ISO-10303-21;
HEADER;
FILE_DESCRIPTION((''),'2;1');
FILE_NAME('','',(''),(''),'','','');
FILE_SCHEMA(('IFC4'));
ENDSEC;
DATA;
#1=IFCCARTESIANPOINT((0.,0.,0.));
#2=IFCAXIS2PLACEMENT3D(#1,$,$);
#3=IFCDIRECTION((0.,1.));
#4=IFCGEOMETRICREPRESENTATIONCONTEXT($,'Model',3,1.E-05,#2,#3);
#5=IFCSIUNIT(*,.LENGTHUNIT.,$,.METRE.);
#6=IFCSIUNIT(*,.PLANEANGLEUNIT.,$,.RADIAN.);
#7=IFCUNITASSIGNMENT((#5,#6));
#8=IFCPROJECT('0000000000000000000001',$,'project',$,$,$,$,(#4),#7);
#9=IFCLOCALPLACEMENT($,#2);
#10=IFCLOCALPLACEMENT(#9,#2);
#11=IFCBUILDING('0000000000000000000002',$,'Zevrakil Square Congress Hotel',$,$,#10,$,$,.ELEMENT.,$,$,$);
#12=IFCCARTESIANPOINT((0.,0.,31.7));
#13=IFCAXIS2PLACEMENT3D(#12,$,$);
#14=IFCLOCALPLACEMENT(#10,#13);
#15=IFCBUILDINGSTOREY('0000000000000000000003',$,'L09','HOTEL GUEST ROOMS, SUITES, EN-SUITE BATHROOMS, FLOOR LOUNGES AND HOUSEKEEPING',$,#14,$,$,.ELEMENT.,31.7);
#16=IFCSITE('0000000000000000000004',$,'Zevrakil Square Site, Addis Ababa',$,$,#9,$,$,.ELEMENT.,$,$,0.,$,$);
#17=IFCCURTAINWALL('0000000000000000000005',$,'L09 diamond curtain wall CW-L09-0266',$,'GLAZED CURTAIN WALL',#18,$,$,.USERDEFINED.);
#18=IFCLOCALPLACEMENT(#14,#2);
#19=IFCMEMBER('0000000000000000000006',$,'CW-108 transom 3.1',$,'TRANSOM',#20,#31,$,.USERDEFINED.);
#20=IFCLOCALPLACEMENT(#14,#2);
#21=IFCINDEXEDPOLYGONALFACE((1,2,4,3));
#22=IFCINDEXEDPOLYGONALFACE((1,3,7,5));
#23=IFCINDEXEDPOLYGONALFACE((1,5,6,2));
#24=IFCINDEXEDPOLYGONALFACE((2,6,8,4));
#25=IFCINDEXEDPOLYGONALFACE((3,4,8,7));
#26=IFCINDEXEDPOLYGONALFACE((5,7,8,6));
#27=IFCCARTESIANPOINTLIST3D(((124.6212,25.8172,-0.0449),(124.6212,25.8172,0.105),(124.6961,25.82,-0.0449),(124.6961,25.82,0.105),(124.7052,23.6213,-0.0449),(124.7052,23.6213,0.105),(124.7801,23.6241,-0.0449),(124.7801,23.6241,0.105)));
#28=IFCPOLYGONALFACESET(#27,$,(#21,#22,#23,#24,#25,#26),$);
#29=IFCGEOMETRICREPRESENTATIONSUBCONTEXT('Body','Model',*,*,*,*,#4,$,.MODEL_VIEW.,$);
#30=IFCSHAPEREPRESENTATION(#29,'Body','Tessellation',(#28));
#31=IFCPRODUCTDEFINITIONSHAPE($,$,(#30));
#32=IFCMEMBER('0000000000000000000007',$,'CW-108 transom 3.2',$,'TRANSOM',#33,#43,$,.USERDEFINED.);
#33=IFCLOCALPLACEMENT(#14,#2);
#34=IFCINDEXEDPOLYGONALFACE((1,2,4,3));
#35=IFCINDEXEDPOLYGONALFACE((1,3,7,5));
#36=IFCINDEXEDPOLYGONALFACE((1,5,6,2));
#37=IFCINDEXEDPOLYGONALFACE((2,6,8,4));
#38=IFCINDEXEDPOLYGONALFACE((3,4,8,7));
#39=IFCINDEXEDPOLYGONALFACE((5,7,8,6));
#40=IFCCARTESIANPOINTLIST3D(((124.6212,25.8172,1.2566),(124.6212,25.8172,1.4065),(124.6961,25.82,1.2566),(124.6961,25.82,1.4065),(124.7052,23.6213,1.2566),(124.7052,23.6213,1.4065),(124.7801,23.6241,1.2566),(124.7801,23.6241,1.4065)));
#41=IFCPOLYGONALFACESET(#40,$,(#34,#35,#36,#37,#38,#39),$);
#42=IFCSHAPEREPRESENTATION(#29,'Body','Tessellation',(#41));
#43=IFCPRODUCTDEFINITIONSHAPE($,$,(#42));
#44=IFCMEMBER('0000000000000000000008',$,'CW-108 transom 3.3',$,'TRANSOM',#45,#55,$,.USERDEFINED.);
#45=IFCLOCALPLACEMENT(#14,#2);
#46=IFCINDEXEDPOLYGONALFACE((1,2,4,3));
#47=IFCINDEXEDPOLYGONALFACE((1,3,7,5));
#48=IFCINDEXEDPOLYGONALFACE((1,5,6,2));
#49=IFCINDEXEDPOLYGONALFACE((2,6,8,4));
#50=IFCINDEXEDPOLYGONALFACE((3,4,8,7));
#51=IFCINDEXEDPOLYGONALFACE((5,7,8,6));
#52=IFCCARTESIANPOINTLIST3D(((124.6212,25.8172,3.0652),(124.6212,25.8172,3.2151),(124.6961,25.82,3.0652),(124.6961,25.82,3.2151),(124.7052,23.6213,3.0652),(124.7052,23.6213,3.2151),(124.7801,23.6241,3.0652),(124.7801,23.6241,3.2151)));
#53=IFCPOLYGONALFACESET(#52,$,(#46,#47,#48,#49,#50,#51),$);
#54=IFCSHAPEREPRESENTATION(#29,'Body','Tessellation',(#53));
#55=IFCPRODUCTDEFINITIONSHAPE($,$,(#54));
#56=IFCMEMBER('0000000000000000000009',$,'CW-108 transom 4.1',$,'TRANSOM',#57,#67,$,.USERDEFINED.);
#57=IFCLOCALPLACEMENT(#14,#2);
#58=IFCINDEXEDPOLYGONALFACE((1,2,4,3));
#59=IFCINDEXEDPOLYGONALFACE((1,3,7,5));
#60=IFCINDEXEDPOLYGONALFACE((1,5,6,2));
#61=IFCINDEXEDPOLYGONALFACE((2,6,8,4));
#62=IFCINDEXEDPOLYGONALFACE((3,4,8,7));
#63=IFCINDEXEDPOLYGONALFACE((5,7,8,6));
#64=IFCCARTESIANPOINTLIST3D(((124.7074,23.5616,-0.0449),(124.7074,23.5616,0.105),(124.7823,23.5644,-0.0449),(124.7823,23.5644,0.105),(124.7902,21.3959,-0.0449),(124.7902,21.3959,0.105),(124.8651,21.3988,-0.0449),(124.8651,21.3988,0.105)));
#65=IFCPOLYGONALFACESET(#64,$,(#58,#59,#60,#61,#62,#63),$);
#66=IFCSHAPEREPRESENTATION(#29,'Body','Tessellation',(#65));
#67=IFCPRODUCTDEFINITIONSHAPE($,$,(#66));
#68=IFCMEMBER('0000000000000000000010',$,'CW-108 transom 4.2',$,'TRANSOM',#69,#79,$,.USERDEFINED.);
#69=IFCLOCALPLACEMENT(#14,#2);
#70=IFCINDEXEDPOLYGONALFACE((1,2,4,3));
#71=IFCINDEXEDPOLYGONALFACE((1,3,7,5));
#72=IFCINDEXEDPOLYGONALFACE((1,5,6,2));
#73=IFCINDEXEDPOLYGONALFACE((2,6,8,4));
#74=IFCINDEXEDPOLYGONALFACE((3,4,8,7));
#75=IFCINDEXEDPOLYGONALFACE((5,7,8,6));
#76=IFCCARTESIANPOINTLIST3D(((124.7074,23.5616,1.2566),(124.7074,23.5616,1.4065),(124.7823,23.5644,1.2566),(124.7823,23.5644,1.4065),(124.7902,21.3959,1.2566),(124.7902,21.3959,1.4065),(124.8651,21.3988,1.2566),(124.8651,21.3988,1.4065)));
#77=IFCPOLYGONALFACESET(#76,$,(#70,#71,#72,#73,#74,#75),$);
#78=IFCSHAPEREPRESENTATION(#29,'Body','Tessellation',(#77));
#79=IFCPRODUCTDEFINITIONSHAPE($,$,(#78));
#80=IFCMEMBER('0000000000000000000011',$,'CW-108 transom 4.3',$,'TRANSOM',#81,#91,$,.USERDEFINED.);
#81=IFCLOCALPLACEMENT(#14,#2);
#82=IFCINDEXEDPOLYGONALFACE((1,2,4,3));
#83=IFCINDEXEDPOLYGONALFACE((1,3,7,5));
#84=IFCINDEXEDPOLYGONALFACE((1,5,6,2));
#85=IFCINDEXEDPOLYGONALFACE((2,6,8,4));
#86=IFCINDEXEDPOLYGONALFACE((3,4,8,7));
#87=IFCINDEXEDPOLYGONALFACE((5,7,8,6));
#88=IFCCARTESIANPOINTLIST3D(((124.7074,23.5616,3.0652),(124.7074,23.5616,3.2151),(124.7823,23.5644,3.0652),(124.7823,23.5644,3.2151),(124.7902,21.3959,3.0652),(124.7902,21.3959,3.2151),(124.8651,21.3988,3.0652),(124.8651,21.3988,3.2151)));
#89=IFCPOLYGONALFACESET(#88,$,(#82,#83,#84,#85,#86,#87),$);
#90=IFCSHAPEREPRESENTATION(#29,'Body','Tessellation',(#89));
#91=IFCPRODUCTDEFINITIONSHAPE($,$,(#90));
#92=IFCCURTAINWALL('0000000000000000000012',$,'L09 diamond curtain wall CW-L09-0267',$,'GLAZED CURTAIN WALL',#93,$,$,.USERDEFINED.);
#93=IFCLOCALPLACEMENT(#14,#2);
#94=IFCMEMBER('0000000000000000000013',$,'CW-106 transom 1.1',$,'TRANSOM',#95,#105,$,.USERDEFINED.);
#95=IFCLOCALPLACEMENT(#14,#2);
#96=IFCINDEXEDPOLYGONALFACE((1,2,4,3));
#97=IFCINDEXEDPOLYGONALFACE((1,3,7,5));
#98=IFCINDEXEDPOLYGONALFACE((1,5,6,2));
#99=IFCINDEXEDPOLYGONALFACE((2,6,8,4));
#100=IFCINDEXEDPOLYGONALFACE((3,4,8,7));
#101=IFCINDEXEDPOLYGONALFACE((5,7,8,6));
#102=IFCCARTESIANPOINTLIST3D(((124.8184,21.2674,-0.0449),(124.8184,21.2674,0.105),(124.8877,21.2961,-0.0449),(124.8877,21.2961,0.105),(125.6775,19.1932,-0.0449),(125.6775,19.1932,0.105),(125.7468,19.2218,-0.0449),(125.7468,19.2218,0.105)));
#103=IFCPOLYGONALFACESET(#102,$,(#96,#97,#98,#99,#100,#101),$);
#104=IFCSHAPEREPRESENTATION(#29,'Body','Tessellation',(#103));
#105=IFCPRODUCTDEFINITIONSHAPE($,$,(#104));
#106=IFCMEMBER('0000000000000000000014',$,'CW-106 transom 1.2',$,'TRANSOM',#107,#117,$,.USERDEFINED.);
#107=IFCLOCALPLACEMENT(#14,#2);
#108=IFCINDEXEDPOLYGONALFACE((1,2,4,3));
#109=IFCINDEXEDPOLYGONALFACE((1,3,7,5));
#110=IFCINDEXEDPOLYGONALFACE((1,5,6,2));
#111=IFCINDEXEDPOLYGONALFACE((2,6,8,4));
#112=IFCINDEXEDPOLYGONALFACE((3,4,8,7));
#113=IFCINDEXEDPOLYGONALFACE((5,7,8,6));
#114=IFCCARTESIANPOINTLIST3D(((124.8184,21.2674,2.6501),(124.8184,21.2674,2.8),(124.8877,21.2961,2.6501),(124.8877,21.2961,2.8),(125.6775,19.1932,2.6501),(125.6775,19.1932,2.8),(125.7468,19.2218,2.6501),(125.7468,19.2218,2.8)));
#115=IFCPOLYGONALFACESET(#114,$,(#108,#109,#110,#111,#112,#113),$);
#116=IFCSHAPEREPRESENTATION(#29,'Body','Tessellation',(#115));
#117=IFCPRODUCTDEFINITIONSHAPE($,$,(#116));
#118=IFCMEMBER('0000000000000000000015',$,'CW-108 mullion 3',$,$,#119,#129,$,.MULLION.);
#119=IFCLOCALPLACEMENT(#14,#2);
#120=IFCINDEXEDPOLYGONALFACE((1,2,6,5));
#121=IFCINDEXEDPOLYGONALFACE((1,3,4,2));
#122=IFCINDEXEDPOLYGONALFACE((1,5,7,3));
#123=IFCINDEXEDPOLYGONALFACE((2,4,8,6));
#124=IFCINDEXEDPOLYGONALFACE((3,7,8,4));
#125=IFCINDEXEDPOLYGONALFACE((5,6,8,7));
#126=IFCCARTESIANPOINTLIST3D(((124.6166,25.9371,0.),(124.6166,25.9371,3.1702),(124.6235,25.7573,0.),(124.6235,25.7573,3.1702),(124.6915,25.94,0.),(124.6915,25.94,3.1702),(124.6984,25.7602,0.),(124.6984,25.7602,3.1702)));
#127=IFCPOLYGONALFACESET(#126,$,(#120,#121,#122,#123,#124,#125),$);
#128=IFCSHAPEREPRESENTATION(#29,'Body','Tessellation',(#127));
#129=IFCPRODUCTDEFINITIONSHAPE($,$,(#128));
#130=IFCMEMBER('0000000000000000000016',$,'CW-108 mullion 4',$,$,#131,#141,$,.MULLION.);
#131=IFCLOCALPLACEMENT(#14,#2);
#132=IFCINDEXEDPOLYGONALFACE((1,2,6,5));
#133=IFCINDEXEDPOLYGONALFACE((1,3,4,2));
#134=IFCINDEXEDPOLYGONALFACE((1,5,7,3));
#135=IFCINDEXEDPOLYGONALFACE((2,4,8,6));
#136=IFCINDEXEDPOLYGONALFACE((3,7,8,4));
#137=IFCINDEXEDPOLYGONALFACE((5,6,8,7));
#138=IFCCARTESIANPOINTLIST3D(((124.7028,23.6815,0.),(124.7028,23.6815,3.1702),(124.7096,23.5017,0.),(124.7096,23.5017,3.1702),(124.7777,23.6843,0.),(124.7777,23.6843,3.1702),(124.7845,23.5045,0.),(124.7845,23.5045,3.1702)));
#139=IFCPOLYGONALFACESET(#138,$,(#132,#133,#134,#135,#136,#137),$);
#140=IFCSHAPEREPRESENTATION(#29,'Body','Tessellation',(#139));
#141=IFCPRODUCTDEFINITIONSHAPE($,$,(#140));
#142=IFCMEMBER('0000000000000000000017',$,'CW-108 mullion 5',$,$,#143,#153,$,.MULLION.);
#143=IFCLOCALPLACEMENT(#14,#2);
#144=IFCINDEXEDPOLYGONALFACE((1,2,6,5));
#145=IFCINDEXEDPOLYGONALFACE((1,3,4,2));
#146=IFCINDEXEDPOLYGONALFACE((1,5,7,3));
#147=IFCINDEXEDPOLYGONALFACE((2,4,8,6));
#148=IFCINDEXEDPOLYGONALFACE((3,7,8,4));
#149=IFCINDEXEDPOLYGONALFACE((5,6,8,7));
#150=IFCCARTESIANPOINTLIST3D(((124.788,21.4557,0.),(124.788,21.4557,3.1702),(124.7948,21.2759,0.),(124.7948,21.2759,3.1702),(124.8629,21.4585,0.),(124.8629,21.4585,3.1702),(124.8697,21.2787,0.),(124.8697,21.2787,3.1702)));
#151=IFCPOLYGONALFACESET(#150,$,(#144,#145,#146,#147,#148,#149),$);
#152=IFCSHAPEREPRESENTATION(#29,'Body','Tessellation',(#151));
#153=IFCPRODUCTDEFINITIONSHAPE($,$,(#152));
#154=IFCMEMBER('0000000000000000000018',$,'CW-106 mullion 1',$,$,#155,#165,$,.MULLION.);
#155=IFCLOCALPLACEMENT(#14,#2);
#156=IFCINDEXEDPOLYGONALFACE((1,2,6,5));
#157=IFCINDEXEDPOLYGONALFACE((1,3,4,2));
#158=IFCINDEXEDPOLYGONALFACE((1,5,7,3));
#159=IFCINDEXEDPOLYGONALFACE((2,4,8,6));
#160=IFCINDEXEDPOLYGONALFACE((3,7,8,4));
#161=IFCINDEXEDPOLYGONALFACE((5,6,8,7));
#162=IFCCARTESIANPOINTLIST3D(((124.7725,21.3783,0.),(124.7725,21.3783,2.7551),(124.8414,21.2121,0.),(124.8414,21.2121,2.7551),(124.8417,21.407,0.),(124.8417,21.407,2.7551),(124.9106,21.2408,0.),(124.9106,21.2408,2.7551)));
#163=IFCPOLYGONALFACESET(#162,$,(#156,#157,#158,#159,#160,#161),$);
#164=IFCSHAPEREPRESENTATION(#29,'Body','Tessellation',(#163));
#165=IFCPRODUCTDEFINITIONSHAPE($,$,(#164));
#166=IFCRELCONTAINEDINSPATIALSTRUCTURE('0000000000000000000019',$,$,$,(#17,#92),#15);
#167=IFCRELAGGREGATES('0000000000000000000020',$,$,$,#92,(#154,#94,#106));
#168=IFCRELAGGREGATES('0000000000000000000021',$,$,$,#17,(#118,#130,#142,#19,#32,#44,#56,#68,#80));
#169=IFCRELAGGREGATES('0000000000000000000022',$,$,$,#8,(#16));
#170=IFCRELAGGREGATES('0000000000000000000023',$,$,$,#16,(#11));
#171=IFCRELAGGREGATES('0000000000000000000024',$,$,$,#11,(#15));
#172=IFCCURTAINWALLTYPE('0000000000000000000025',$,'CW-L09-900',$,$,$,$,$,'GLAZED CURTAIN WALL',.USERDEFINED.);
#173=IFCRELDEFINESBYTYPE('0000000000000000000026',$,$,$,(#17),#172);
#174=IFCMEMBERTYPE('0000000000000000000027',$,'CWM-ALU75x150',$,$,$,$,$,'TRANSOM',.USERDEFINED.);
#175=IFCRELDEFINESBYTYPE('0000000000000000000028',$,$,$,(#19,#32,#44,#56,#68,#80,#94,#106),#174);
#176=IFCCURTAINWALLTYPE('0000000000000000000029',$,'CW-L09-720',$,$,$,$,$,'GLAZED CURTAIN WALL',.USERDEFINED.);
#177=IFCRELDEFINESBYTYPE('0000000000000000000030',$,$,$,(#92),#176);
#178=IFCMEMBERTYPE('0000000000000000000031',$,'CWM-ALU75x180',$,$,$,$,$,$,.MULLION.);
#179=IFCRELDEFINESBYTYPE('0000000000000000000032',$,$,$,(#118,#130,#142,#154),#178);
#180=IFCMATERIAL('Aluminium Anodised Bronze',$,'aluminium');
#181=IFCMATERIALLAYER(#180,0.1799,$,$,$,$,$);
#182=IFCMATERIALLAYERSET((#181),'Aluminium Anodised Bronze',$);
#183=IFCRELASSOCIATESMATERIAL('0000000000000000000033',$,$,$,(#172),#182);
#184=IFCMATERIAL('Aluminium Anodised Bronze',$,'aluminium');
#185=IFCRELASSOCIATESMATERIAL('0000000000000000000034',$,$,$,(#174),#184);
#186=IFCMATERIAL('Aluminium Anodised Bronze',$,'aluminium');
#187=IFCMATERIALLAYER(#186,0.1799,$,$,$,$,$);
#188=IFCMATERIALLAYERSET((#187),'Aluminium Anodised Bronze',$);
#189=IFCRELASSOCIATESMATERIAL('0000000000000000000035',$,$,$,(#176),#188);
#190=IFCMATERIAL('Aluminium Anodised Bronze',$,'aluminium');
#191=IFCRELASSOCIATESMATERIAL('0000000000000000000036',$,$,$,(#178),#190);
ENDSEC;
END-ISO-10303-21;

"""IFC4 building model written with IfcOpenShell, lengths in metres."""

from ifc_helpers import new_model, si_unit, direction, frame, origin, origin_2d, place, context, subcontext, project, spatial, rectangle, extrude, material, layer, layer_set, material_profile, profile_set, type_object, element, aggregate, save


model = new_model("IFC4")

# Units and contexts
model_context = context("Model", 3, precision=1e-05, world=origin(), true_north=direction((0.0, 1.0)))
body_context = subcontext(model_context, "Body", "Model", "MODEL_VIEW")
ifc_project = project(units=[si_unit("LENGTHUNIT", "METRE"), si_unit("PLANEANGLEUNIT", "RADIAN")], contexts=[model_context])

# Site, building, storey
site_placement = place(None, origin())
site = spatial("IfcSite", under=ifc_project, at=site_placement, Name="Zevrakil Square Site, Addis Ababa", CompositionType="ELEMENT", RefElevation=0.0)
building_placement = place(site_placement, origin())
building = spatial("IfcBuilding", under=site, at=building_placement, Name="Zevrakil Square Congress Hotel", CompositionType="ELEMENT")
storey_placement = place(building_placement, frame((0.0, 0.0, 31.7)))
storey = spatial("IfcBuildingStorey", under=building, at=storey_placement, Name="L09", Description="HOTEL GUEST ROOMS, SUITES, EN-SUITE BATHROOMS, FLOOR LOUNGES AND HOUSEKEEPING", CompositionType="ELEMENT", Elevation=31.7)

# Curtain walls, members
ifc_material_1 = material(Name="Aluminium Anodised Bronze", Category="aluminium")
ifc_layer_1 = layer(ifc_material_1, 0.1799)
ifc_layer_set_1 = layer_set([ifc_layer_1], Name="Aluminium Anodised Bronze")
curtain_wall_type_1 = type_object("IfcCurtainWallType", Name="CW-L09-900", ElementType="GLAZED CURTAIN WALL", PredefinedType="USERDEFINED", material=ifc_layer_set_1)
curtain_wall_1_placement = place(storey_placement, origin())
curtain_wall_1 = element("IfcCurtainWall", 1, at=curtain_wall_1_placement, inside=storey, type_object=curtain_wall_type_1, Name="L09 diamond curtain wall CW-L09-0266", ObjectType="GLAZED CURTAIN WALL", PredefinedType="USERDEFINED")
ifc_material_2 = material(Name="Aluminium Anodised Bronze", Category="aluminium")
ifc_material_profile_1 = material_profile(ifc_material_2, rectangle(XDim=0.075, YDim=0.1499, at=origin_2d()), Name="ALU 75x150")
ifc_profile_set_1 = profile_set([ifc_material_profile_1], Name="Aluminium Anodised Bronze")
member_type_1 = type_object("IfcMemberType", Name="CWM-ALU75x150", ElementType="TRANSOM", PredefinedType="USERDEFINED", material=ifc_profile_set_1)
member_1_placement = place(storey_placement, frame((124.6587, 25.8186, 0.03), z_axis=(0.03822, -0.999269, 0.0), x_axis=(0.999269, 0.03822, 0.0)))
member_1 = element("IfcMember", 2, at=member_1_placement, type_object=member_type_1, Name="CW-108 transom 3.1", ObjectType="TRANSOM", PredefinedType="USERDEFINED", context=body_context, shape_type="SweptSolid", body=[
    extrude(rectangle(XDim=0.075, YDim=0.1499, at=origin_2d()), origin(), (0.0, 0.0, 1.0), 2.1975),
])
member_2_placement = place(storey_placement, frame((124.6587, 25.8186, 1.3315), z_axis=(0.03822, -0.999269, 0.0), x_axis=(0.999269, 0.03822, 0.0)))
member_2 = element("IfcMember", 3, at=member_2_placement, type_object=member_type_1, Name="CW-108 transom 3.2", ObjectType="TRANSOM", PredefinedType="USERDEFINED", context=body_context, shape_type="SweptSolid", body=[
    extrude(rectangle(XDim=0.075, YDim=0.1499, at=origin_2d()), origin(), (0.0, 0.0, 1.0), 2.1975),
])
member_3_placement = place(storey_placement, frame((124.6587, 25.8186, 3.1401), z_axis=(0.03822, -0.999269, 0.0), x_axis=(0.999269, 0.03822, 0.0)))
member_3 = element("IfcMember", 4, at=member_3_placement, type_object=member_type_1, Name="CW-108 transom 3.3", ObjectType="TRANSOM", PredefinedType="USERDEFINED", context=body_context, shape_type="SweptSolid", body=[
    extrude(rectangle(XDim=0.075, YDim=0.1499, at=origin_2d()), origin(), (0.0, 0.0, 1.0), 2.1975),
])
member_4_placement = place(storey_placement, frame((124.7449, 23.563, 0.03), z_axis=(0.038187, -0.999271, 0.0), x_axis=(0.999271, 0.038187, 0.0)))
member_4 = element("IfcMember", 5, at=member_4_placement, type_object=member_type_1, Name="CW-108 transom 4.1", ObjectType="TRANSOM", PredefinedType="USERDEFINED", context=body_context, shape_type="SweptSolid", body=[
    extrude(rectangle(XDim=0.075, YDim=0.1499, at=origin_2d()), origin(), (0.0, 0.0, 1.0), 2.1672),
])
member_5_placement = place(storey_placement, frame((124.7449, 23.563, 1.3315), z_axis=(0.038187, -0.999271, 0.0), x_axis=(0.999271, 0.038187, 0.0)))
member_5 = element("IfcMember", 6, at=member_5_placement, type_object=member_type_1, Name="CW-108 transom 4.2", ObjectType="TRANSOM", PredefinedType="USERDEFINED", context=body_context, shape_type="SweptSolid", body=[
    extrude(rectangle(XDim=0.075, YDim=0.1499, at=origin_2d()), origin(), (0.0, 0.0, 1.0), 2.1672),
])
member_6_placement = place(storey_placement, frame((124.7449, 23.563, 3.1401), z_axis=(0.038187, -0.999271, 0.0), x_axis=(0.999271, 0.038187, 0.0)))
member_6 = element("IfcMember", 7, at=member_6_placement, type_object=member_type_1, Name="CW-108 transom 4.3", ObjectType="TRANSOM", PredefinedType="USERDEFINED", context=body_context, shape_type="SweptSolid", body=[
    extrude(rectangle(XDim=0.075, YDim=0.1499, at=origin_2d()), origin(), (0.0, 0.0, 1.0), 2.1672),
])
ifc_material_3 = material(Name="Aluminium Anodised Bronze", Category="aluminium")
ifc_layer_2 = layer(ifc_material_3, 0.1799)
ifc_layer_set_2 = layer_set([ifc_layer_2], Name="Aluminium Anodised Bronze")
curtain_wall_type_2 = type_object("IfcCurtainWallType", Name="CW-L09-720", ElementType="GLAZED CURTAIN WALL", PredefinedType="USERDEFINED", material=ifc_layer_set_2)
curtain_wall_2_placement = place(storey_placement, origin())
curtain_wall_2 = element("IfcCurtainWall", 8, at=curtain_wall_2_placement, inside=storey, type_object=curtain_wall_type_2, Name="L09 diamond curtain wall CW-L09-0267", ObjectType="GLAZED CURTAIN WALL", PredefinedType="USERDEFINED")
member_7_placement = place(storey_placement, frame((124.853, 21.2817, 0.03), z_axis=(0.382669, -0.923886, 0.0), x_axis=(0.923886, 0.382669, 0.0)))
member_7 = element("IfcMember", 9, at=member_7_placement, type_object=member_type_1, Name="CW-106 transom 1.1", ObjectType="TRANSOM", PredefinedType="USERDEFINED", context=body_context, shape_type="SweptSolid", body=[
    extrude(rectangle(XDim=0.075, YDim=0.1499, at=origin_2d()), origin(), (0.0, 0.0, 1.0), 2.2451),
])
member_8_placement = place(storey_placement, frame((124.853, 21.2817, 2.7251), z_axis=(0.382669, -0.923886, 0.0), x_axis=(0.923886, 0.382669, 0.0)))
member_8 = element("IfcMember", 10, at=member_8_placement, type_object=member_type_1, Name="CW-106 transom 1.2", ObjectType="TRANSOM", PredefinedType="USERDEFINED", context=body_context, shape_type="SweptSolid", body=[
    extrude(rectangle(XDim=0.075, YDim=0.1499, at=origin_2d()), origin(), (0.0, 0.0, 1.0), 2.2451),
])

# Members
ifc_material_4 = material(Name="Aluminium Anodised Bronze", Category="aluminium")
ifc_material_profile_2 = material_profile(ifc_material_4, rectangle(XDim=0.075, YDim=0.1799, at=origin_2d()), Name="ALU 75x180")
ifc_profile_set_2 = profile_set([ifc_material_profile_2], Name="Aluminium Anodised Bronze")
member_type_2 = type_object("IfcMemberType", Name="CWM-ALU75x180", PredefinedType="MULLION", material=ifc_profile_set_2)
member_9_placement = place(storey_placement, frame((124.6575, 25.8486, 0.0), z_axis=(0.0, 0.0, 1.0), x_axis=(0.99927, 0.038209, 0.0)))
member_9 = element("IfcMember", 11, at=member_9_placement, type_object=member_type_2, Name="CW-108 mullion 3", PredefinedType="MULLION", context=body_context, shape_type="SweptSolid", body=[
    extrude(rectangle(XDim=0.075, YDim=0.1799, at=origin_2d()), origin(), (0.0, 0.0, 1.0), 3.1702),
])
member_10_placement = place(storey_placement, frame((124.7437, 23.593, 0.0), z_axis=(0.0, 0.0, 1.0), x_axis=(0.99927, 0.038209, 0.0)))
member_10 = element("IfcMember", 12, at=member_10_placement, type_object=member_type_2, Name="CW-108 mullion 4", PredefinedType="MULLION", context=body_context, shape_type="SweptSolid", body=[
    extrude(rectangle(XDim=0.075, YDim=0.1799, at=origin_2d()), origin(), (0.0, 0.0, 1.0), 3.1702),
])
member_11_placement = place(storey_placement, frame((124.8289, 21.3672, 0.0), z_axis=(0.0, 0.0, 1.0), x_axis=(0.99927, 0.038209, 0.0)))
member_11 = element("IfcMember", 13, at=member_11_placement, type_object=member_type_2, Name="CW-108 mullion 5", PredefinedType="MULLION", context=body_context, shape_type="SweptSolid", body=[
    extrude(rectangle(XDim=0.075, YDim=0.1799, at=origin_2d()), origin(), (0.0, 0.0, 1.0), 3.1702),
])
member_12_placement = place(storey_placement, frame((124.8416, 21.3096, 0.0), z_axis=(0.0, 0.0, 1.0), x_axis=(0.923879, 0.382684, 0.0)))
member_12 = element("IfcMember", 14, at=member_12_placement, type_object=member_type_2, Name="CW-106 mullion 1", PredefinedType="MULLION", context=body_context, shape_type="SweptSolid", body=[
    extrude(rectangle(XDim=0.075, YDim=0.1799, at=origin_2d()), origin(), (0.0, 0.0, 1.0), 2.7551),
])
aggregate(curtain_wall_2, [member_12, member_7, member_8])

aggregate(curtain_wall_1, [member_9, member_10, member_11, member_1, member_2, member_3, member_4, member_5, member_6])

save(model, "model.ifc")
